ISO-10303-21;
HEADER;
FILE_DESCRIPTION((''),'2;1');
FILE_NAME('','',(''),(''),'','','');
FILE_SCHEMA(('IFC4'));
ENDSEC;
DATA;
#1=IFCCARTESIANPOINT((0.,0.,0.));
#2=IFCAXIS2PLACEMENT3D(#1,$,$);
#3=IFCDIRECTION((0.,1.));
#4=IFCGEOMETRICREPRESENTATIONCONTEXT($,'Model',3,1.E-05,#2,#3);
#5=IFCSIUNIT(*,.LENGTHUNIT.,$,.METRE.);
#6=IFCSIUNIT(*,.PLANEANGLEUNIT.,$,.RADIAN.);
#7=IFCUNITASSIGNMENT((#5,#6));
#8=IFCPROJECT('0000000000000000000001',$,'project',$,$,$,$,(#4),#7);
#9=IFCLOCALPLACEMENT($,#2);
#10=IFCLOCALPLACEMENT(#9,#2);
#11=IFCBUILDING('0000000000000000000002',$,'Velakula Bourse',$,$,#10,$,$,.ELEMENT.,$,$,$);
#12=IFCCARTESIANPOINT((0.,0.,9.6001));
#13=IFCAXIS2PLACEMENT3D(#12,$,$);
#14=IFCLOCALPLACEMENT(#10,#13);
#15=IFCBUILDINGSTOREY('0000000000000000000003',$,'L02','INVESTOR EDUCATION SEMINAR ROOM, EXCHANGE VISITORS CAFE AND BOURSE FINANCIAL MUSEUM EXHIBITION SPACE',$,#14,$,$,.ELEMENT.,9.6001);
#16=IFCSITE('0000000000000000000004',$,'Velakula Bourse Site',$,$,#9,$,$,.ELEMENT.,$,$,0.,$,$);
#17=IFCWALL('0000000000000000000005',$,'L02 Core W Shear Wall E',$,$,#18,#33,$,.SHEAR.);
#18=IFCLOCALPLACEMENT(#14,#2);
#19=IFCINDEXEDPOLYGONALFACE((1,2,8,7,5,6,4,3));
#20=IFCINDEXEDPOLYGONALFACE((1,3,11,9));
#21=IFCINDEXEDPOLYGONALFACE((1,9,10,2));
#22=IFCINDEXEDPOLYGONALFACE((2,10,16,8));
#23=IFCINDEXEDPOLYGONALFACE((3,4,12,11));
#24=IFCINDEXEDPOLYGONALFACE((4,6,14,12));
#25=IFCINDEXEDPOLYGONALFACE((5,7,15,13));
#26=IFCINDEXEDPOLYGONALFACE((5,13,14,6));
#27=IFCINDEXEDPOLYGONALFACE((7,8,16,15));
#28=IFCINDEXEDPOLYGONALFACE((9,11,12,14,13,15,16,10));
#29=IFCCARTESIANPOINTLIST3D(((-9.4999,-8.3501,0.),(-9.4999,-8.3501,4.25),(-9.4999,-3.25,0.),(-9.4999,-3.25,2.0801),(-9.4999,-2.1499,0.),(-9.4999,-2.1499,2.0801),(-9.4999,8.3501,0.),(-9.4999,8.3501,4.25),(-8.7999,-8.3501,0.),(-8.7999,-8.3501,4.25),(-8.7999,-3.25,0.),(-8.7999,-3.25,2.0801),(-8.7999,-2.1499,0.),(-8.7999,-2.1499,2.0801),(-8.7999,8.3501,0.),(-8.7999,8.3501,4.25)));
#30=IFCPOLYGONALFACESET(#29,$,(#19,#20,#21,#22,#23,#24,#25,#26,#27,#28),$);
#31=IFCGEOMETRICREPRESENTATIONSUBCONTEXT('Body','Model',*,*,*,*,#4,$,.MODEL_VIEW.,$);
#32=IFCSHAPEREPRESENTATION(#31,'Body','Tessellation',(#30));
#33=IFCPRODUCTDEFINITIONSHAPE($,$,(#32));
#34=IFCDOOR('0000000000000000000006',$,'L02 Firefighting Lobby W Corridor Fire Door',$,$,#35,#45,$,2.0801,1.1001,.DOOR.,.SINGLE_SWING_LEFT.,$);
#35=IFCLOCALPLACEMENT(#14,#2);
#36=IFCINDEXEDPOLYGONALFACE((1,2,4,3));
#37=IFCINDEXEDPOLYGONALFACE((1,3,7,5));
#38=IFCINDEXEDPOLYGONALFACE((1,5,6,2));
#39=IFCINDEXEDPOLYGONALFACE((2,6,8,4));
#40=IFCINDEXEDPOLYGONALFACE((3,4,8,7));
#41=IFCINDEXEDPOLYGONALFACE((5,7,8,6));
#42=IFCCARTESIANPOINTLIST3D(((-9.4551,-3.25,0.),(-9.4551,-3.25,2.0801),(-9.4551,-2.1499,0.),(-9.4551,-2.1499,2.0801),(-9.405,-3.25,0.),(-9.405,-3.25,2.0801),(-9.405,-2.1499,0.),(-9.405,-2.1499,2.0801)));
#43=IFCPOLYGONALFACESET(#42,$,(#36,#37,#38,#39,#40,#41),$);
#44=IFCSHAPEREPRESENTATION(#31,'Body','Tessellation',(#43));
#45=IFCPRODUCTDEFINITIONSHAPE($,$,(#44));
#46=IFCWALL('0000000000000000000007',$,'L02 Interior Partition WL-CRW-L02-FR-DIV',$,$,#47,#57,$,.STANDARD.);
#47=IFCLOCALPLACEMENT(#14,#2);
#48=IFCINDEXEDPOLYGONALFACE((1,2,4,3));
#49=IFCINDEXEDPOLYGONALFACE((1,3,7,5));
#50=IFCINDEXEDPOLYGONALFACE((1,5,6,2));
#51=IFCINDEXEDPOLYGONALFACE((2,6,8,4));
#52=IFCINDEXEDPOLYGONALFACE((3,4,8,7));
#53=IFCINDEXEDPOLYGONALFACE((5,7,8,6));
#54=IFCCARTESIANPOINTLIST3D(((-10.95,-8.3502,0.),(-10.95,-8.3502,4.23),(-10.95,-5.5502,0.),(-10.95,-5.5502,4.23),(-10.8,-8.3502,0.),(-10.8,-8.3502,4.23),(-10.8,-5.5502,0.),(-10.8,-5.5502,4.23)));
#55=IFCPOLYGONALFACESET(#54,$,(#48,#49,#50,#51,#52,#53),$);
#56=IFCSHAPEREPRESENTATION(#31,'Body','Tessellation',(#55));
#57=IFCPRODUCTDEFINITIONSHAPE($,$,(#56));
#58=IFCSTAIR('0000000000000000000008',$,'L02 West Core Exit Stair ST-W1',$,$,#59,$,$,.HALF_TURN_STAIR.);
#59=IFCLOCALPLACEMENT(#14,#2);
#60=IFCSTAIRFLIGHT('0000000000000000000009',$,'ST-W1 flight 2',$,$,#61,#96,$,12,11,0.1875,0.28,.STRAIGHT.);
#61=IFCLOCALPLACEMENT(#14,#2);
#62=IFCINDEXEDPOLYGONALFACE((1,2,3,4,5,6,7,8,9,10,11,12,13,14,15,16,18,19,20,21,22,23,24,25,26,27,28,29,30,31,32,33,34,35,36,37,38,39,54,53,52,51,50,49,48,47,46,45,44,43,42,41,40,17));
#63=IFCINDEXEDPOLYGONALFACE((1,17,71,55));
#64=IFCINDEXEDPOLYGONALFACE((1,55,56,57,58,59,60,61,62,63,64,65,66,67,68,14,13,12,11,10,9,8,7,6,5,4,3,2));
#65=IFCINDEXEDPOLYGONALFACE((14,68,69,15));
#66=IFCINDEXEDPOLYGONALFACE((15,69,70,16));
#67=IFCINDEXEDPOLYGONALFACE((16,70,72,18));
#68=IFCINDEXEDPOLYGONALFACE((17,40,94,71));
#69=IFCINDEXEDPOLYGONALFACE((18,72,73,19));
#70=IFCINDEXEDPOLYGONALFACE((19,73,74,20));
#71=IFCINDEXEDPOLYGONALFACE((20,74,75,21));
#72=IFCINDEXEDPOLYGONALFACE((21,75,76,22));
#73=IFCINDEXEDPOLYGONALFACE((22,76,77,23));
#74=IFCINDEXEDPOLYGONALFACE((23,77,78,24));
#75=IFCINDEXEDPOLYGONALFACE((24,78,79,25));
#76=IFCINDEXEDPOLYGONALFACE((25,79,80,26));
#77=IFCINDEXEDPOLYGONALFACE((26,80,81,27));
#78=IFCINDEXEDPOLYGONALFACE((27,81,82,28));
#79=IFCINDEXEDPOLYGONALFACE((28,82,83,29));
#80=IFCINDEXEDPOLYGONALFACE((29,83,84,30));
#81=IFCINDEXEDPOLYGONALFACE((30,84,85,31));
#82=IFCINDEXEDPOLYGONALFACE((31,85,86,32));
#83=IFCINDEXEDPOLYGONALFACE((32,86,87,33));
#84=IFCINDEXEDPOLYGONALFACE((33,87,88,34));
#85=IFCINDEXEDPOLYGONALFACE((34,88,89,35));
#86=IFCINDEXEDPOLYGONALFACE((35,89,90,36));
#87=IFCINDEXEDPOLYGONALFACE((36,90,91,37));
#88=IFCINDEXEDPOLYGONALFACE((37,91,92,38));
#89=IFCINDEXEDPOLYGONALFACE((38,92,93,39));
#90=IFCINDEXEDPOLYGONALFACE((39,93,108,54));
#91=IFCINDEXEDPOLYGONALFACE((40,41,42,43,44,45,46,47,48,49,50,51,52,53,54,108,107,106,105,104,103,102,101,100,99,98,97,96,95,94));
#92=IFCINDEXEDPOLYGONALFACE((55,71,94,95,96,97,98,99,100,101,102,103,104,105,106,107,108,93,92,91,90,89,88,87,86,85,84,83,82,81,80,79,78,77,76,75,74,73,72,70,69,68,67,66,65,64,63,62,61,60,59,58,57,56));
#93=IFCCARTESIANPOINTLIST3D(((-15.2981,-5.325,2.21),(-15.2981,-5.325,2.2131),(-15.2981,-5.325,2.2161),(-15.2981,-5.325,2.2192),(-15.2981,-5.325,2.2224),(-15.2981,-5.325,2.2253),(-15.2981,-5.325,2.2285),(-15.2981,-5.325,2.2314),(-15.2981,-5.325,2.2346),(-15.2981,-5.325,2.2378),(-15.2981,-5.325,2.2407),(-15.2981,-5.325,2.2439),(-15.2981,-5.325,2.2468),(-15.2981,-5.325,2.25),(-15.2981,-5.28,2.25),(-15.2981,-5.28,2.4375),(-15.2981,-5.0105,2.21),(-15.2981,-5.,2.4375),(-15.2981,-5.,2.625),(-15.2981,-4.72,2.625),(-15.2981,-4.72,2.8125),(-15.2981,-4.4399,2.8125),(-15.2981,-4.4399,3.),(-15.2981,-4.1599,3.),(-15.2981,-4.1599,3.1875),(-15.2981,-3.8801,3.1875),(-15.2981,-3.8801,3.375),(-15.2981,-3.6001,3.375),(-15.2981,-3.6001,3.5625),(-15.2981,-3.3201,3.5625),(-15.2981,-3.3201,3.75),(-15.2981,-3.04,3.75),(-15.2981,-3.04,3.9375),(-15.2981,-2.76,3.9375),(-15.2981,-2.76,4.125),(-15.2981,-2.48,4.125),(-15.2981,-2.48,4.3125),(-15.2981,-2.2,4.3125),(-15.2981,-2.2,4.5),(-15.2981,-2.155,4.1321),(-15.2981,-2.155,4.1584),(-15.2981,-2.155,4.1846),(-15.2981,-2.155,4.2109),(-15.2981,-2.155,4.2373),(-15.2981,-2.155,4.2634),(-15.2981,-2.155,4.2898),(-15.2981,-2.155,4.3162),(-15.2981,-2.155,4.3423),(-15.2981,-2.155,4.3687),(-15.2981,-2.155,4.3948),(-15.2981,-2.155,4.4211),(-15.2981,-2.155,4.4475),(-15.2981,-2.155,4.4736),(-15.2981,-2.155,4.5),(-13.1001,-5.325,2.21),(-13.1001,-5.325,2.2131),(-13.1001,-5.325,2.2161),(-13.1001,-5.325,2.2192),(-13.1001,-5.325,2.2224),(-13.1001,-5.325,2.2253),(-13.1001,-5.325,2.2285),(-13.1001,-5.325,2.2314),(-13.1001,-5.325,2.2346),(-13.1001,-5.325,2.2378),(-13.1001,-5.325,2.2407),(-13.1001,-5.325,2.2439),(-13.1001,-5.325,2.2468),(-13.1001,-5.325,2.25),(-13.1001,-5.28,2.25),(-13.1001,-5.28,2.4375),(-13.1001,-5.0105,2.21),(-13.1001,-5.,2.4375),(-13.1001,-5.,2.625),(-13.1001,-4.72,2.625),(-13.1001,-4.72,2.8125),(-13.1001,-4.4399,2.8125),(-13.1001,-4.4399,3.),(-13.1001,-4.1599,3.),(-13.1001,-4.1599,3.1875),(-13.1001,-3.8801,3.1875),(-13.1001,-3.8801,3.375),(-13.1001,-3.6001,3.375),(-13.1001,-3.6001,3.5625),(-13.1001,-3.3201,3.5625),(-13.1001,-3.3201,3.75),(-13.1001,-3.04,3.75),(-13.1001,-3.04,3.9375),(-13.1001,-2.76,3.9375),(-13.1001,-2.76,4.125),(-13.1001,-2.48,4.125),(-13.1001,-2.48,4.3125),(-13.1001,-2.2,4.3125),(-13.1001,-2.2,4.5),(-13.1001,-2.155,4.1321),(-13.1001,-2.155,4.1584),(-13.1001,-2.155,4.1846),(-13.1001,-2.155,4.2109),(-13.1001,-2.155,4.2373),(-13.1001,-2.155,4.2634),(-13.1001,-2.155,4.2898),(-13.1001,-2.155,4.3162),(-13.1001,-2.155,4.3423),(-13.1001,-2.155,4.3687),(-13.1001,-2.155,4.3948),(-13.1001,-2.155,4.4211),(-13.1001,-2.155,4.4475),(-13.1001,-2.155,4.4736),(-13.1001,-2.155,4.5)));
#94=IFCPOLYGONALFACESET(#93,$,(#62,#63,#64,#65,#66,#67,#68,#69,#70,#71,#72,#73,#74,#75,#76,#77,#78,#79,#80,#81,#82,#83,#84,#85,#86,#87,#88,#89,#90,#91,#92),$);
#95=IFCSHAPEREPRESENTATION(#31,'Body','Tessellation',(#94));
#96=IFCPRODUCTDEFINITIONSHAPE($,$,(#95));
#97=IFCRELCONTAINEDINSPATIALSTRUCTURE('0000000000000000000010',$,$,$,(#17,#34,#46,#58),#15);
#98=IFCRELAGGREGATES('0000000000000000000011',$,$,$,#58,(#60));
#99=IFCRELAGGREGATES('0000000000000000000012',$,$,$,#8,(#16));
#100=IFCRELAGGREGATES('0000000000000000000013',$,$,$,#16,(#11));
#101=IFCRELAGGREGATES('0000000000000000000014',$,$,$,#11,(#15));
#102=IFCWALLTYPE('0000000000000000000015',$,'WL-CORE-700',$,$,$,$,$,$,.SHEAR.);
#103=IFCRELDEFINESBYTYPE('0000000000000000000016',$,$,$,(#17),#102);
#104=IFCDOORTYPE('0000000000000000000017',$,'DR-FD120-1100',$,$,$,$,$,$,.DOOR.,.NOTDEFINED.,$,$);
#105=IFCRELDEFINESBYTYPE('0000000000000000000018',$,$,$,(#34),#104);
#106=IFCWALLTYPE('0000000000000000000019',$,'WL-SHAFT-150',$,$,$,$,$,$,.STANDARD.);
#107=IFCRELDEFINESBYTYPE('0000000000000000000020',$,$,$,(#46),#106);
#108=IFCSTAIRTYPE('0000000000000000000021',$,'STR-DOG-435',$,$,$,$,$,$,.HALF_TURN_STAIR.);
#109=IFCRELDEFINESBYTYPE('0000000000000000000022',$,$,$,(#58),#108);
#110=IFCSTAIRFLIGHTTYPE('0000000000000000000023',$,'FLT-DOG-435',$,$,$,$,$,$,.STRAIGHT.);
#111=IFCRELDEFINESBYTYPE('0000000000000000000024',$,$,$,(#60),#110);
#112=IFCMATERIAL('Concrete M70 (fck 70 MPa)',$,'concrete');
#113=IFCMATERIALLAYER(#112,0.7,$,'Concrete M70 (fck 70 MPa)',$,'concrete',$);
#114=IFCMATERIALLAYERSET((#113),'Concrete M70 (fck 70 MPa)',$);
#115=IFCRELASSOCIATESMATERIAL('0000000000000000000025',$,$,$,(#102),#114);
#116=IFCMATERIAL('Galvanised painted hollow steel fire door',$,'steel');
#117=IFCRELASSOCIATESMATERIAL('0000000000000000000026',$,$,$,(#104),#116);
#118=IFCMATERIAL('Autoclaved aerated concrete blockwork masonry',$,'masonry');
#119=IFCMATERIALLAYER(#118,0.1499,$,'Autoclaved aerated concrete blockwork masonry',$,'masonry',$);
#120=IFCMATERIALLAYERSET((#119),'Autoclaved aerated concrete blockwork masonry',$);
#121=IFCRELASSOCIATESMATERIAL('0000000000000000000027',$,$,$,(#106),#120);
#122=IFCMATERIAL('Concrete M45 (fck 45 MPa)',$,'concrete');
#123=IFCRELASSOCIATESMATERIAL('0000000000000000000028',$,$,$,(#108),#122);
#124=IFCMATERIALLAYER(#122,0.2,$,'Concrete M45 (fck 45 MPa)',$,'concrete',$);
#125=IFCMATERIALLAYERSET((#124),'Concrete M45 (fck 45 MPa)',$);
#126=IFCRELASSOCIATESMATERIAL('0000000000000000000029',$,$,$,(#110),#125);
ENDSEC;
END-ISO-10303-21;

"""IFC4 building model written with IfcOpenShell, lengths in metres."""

from ifc_helpers import new_model, si_unit, direction, frame, frame_2d, origin, place, context, subcontext, project, spatial, polyline, rectangle, outline, extrude, material, layer, layer_set, type_object, element, fill, aggregate, save


model = new_model("IFC4")

# Units and contexts
model_context = context("Model", 3, precision=1e-05, world=origin(), true_north=direction((0.0, 1.0)))
body_context = subcontext(model_context, "Body", "Model", "MODEL_VIEW")
ifc_project = project(units=[si_unit("LENGTHUNIT", "METRE"), si_unit("PLANEANGLEUNIT", "RADIAN")], contexts=[model_context])

# Site, building, storey
site_placement = place(None, origin())
site = spatial("IfcSite", under=ifc_project, at=site_placement, Name="Velakula Bourse Site", CompositionType="ELEMENT", RefElevation=0.0)
building_placement = place(site_placement, origin())
building = spatial("IfcBuilding", under=site, at=building_placement, Name="Velakula Bourse", CompositionType="ELEMENT")
storey_placement = place(building_placement, frame((0.0, 0.0, 9.6001)))
storey = spatial("IfcBuildingStorey", under=building, at=storey_placement, Name="L02", Description="INVESTOR EDUCATION SEMINAR ROOM, EXCHANGE VISITORS CAFE AND BOURSE FINANCIAL MUSEUM EXHIBITION SPACE", CompositionType="ELEMENT", Elevation=9.6001)

# Shared definitions
ifc_material_1 = material(Name="Concrete M70 (fck 70 MPa)", Category="concrete")

# Shared definitions
ifc_material_2 = material(Name="Galvanised painted hollow steel fire door", Category="steel")

# Shared definitions
ifc_layer_1 = layer(ifc_material_1, 0.7, Name="Concrete M70 (fck 70 MPa)", Category="concrete")
ifc_layer_set_1 = layer_set([ifc_layer_1], Name="Concrete M70 (fck 70 MPa)")
wall_type_1 = type_object("IfcWallType", Name="WL-CORE-700", PredefinedType="SHEAR", material=ifc_layer_set_1)

# Wall, opening, door
wall_1_placement = place(storey_placement, frame((-9.1499, -8.3501, 0.0), z_axis=(0.0, 0.0, 1.0), x_axis=(0.0, 1.0, 0.0)))
wall_1 = element("IfcWall", 1, at=wall_1_placement, inside=storey, type_object=wall_type_1, Name="L02 Core W Shear Wall E", PredefinedType="SHEAR", context=body_context, shape_type="SweptSolid", body=[
    extrude(rectangle(XDim=16.7002, YDim=0.7, at=frame_2d((8.3501, 0.0))), origin(), (0.0, 0.0, 1.0), 4.25),
])
opening_1_placement = place(wall_1_placement, frame((5.1001, 0.0, 0.0)))
opening_1 = element("IfcOpeningElement", 2, at=opening_1_placement, cuts=wall_1, PredefinedType="OPENING", context=body_context, shape_type="SweptSolid", body=[
    extrude(rectangle(XDim=1.1001, YDim=2.0801, at=frame_2d((0.55, 1.04))), frame((0.0, 0.3599, 0.0), z_axis=(0.0, -1.0, 0.0), x_axis=(1.0, 0.0, 0.0)), (0.0, 0.0, 1.0), 0.72),
])
door_type_1 = type_object("IfcDoorType", Name="DR-FD120-1100", OperationType="NOTDEFINED", PredefinedType="DOOR", material=ifc_material_2)
door_1_placement = place(opening_1_placement, origin())
door_1 = element("IfcDoor", 3, at=door_1_placement, inside=storey, type_object=door_type_1, Name="L02 Firefighting Lobby W Corridor Fire Door", OperationType="SINGLE_SWING_LEFT", OverallHeight=2.0801, OverallWidth=1.1001, PredefinedType="DOOR", context=body_context, shape_type="SweptSolid", body=[
    extrude(rectangle(XDim=1.1001, YDim=2.0801, at=frame_2d((0.55, 1.04))), frame((0.0, 0.3052, 0.0), z_axis=(0.0, -1.0, 0.0), x_axis=(1.0, 0.0, 0.0)), (0.0, 0.0, 1.0), 0.05),
])
fill(opening_1, door_1)

# Shared definitions
ifc_material_3 = material(Name="Autoclaved aerated concrete blockwork masonry", Category="masonry")
ifc_layer_2 = layer(ifc_material_3, 0.1499, Name="Autoclaved aerated concrete blockwork masonry", Category="masonry")
ifc_layer_set_2 = layer_set([ifc_layer_2], Name="Autoclaved aerated concrete blockwork masonry")
wall_type_2 = type_object("IfcWallType", Name="WL-SHAFT-150", PredefinedType="STANDARD", material=ifc_layer_set_2)

# Wall
wall_2_placement = place(storey_placement, frame((-10.875, -8.3501, 0.0), z_axis=(0.0, 0.0, 1.0), x_axis=(0.0, 1.0, 0.0)))
element("IfcWall", 4, at=wall_2_placement, inside=storey, type_object=wall_type_2, Name="L02 Interior Partition WL-CRW-L02-FR-DIV", PredefinedType="STANDARD", context=body_context, shape_type="SweptSolid", body=[
    extrude(rectangle(XDim=2.8, YDim=0.1499, at=frame_2d((1.3999, 0.0))), origin(), (0.0, 0.0, 1.0), 4.23),
])

# Stair, stair flight
ifc_material_4 = material(Name="Concrete M45 (fck 45 MPa)", Category="concrete")
stair_type = type_object("IfcStairType", Name="STR-DOG-435", PredefinedType="HALF_TURN_STAIR", material=ifc_material_4)
stair_placement = place(storey_placement, origin())
stair = element("IfcStair", 5, at=stair_placement, inside=storey, type_object=stair_type, Name="L02 West Core Exit Stair ST-W1", PredefinedType="HALF_TURN_STAIR")
ifc_layer_3 = layer(ifc_material_4, 0.2, Name="Concrete M45 (fck 45 MPa)", Category="concrete")
ifc_layer_set_3 = layer_set([ifc_layer_3], Name="Concrete M45 (fck 45 MPa)")
stair_flight_type = type_object("IfcStairFlightType", Name="FLT-DOG-435", PredefinedType="STRAIGHT", material=ifc_layer_set_3)
stair_flight_placement = place(storey_placement, frame((-14.199, -5.28, 2.25), z_axis=(0.0, 0.0, 1.0), x_axis=(0.0, 1.0, 0.0)))
stair_flight = element("IfcStairFlight", 6, at=stair_flight_placement, type_object=stair_flight_type, Name="ST-W1 flight 2", NumberOfRisers=12, NumberOfTreads=11, PredefinedType="STRAIGHT", RiserHeight=0.1875, TreadLength=0.28, context=body_context, shape_type="SweptSolid", body=[
    extrude(outline(polyline([(-0.0449, -0.04), (-0.0449, -0.0369), (-0.0449, -0.0339), (-0.0449, -0.0308), (-0.0449, -0.0276), (-0.0449, -0.0247), (-0.0449, -0.0215), (-0.0449, -0.0186), (-0.0449, -0.0154), (-0.0449, -0.0122), (-0.0449, -0.0093), (-0.0449, -0.0061), (-0.0449, -0.0032), (-0.0449, 0.0), (0.0, 0.0), (0.0, 0.1875), (0.28, 0.1875), (0.28, 0.375), (0.5601, 0.375), (0.5601, 0.5625), (0.8401, 0.5625), (0.8401, 0.75), (1.1201, 0.75), (1.1201, 0.9375), (1.3999, 0.9375), (1.3999, 1.125), (1.6799, 1.125), (1.6799, 1.3125), (1.96, 1.3125), (1.96, 1.5), (2.24, 1.5), (2.24, 1.6875), (2.52, 1.6875), (2.52, 1.875), (2.8, 1.875), (2.8, 2.0625), (3.0801, 2.0625), (3.0801, 2.25), (3.125, 2.25), (3.125, 2.2236), (3.125, 2.1975), (3.125, 2.1711), (3.125, 2.1448), (3.125, 2.1187), (3.125, 2.0923), (3.125, 2.0662), (3.125, 2.0398), (3.125, 2.0134), (3.125, 1.9873), (3.125, 1.9609), (3.125, 1.9346), (3.125, 1.9084), (3.125, 1.8821), (0.2695, -0.04), (-0.0449, -0.04)])), frame((0.0, 1.0991, 0.0), z_axis=(0.0, -1.0, 0.0), x_axis=(1.0, 0.0, 0.0)), (0.0, 0.0, 1.0), 2.198),
])
aggregate(stair, [stair_flight])

save(model, "model.ifc")
